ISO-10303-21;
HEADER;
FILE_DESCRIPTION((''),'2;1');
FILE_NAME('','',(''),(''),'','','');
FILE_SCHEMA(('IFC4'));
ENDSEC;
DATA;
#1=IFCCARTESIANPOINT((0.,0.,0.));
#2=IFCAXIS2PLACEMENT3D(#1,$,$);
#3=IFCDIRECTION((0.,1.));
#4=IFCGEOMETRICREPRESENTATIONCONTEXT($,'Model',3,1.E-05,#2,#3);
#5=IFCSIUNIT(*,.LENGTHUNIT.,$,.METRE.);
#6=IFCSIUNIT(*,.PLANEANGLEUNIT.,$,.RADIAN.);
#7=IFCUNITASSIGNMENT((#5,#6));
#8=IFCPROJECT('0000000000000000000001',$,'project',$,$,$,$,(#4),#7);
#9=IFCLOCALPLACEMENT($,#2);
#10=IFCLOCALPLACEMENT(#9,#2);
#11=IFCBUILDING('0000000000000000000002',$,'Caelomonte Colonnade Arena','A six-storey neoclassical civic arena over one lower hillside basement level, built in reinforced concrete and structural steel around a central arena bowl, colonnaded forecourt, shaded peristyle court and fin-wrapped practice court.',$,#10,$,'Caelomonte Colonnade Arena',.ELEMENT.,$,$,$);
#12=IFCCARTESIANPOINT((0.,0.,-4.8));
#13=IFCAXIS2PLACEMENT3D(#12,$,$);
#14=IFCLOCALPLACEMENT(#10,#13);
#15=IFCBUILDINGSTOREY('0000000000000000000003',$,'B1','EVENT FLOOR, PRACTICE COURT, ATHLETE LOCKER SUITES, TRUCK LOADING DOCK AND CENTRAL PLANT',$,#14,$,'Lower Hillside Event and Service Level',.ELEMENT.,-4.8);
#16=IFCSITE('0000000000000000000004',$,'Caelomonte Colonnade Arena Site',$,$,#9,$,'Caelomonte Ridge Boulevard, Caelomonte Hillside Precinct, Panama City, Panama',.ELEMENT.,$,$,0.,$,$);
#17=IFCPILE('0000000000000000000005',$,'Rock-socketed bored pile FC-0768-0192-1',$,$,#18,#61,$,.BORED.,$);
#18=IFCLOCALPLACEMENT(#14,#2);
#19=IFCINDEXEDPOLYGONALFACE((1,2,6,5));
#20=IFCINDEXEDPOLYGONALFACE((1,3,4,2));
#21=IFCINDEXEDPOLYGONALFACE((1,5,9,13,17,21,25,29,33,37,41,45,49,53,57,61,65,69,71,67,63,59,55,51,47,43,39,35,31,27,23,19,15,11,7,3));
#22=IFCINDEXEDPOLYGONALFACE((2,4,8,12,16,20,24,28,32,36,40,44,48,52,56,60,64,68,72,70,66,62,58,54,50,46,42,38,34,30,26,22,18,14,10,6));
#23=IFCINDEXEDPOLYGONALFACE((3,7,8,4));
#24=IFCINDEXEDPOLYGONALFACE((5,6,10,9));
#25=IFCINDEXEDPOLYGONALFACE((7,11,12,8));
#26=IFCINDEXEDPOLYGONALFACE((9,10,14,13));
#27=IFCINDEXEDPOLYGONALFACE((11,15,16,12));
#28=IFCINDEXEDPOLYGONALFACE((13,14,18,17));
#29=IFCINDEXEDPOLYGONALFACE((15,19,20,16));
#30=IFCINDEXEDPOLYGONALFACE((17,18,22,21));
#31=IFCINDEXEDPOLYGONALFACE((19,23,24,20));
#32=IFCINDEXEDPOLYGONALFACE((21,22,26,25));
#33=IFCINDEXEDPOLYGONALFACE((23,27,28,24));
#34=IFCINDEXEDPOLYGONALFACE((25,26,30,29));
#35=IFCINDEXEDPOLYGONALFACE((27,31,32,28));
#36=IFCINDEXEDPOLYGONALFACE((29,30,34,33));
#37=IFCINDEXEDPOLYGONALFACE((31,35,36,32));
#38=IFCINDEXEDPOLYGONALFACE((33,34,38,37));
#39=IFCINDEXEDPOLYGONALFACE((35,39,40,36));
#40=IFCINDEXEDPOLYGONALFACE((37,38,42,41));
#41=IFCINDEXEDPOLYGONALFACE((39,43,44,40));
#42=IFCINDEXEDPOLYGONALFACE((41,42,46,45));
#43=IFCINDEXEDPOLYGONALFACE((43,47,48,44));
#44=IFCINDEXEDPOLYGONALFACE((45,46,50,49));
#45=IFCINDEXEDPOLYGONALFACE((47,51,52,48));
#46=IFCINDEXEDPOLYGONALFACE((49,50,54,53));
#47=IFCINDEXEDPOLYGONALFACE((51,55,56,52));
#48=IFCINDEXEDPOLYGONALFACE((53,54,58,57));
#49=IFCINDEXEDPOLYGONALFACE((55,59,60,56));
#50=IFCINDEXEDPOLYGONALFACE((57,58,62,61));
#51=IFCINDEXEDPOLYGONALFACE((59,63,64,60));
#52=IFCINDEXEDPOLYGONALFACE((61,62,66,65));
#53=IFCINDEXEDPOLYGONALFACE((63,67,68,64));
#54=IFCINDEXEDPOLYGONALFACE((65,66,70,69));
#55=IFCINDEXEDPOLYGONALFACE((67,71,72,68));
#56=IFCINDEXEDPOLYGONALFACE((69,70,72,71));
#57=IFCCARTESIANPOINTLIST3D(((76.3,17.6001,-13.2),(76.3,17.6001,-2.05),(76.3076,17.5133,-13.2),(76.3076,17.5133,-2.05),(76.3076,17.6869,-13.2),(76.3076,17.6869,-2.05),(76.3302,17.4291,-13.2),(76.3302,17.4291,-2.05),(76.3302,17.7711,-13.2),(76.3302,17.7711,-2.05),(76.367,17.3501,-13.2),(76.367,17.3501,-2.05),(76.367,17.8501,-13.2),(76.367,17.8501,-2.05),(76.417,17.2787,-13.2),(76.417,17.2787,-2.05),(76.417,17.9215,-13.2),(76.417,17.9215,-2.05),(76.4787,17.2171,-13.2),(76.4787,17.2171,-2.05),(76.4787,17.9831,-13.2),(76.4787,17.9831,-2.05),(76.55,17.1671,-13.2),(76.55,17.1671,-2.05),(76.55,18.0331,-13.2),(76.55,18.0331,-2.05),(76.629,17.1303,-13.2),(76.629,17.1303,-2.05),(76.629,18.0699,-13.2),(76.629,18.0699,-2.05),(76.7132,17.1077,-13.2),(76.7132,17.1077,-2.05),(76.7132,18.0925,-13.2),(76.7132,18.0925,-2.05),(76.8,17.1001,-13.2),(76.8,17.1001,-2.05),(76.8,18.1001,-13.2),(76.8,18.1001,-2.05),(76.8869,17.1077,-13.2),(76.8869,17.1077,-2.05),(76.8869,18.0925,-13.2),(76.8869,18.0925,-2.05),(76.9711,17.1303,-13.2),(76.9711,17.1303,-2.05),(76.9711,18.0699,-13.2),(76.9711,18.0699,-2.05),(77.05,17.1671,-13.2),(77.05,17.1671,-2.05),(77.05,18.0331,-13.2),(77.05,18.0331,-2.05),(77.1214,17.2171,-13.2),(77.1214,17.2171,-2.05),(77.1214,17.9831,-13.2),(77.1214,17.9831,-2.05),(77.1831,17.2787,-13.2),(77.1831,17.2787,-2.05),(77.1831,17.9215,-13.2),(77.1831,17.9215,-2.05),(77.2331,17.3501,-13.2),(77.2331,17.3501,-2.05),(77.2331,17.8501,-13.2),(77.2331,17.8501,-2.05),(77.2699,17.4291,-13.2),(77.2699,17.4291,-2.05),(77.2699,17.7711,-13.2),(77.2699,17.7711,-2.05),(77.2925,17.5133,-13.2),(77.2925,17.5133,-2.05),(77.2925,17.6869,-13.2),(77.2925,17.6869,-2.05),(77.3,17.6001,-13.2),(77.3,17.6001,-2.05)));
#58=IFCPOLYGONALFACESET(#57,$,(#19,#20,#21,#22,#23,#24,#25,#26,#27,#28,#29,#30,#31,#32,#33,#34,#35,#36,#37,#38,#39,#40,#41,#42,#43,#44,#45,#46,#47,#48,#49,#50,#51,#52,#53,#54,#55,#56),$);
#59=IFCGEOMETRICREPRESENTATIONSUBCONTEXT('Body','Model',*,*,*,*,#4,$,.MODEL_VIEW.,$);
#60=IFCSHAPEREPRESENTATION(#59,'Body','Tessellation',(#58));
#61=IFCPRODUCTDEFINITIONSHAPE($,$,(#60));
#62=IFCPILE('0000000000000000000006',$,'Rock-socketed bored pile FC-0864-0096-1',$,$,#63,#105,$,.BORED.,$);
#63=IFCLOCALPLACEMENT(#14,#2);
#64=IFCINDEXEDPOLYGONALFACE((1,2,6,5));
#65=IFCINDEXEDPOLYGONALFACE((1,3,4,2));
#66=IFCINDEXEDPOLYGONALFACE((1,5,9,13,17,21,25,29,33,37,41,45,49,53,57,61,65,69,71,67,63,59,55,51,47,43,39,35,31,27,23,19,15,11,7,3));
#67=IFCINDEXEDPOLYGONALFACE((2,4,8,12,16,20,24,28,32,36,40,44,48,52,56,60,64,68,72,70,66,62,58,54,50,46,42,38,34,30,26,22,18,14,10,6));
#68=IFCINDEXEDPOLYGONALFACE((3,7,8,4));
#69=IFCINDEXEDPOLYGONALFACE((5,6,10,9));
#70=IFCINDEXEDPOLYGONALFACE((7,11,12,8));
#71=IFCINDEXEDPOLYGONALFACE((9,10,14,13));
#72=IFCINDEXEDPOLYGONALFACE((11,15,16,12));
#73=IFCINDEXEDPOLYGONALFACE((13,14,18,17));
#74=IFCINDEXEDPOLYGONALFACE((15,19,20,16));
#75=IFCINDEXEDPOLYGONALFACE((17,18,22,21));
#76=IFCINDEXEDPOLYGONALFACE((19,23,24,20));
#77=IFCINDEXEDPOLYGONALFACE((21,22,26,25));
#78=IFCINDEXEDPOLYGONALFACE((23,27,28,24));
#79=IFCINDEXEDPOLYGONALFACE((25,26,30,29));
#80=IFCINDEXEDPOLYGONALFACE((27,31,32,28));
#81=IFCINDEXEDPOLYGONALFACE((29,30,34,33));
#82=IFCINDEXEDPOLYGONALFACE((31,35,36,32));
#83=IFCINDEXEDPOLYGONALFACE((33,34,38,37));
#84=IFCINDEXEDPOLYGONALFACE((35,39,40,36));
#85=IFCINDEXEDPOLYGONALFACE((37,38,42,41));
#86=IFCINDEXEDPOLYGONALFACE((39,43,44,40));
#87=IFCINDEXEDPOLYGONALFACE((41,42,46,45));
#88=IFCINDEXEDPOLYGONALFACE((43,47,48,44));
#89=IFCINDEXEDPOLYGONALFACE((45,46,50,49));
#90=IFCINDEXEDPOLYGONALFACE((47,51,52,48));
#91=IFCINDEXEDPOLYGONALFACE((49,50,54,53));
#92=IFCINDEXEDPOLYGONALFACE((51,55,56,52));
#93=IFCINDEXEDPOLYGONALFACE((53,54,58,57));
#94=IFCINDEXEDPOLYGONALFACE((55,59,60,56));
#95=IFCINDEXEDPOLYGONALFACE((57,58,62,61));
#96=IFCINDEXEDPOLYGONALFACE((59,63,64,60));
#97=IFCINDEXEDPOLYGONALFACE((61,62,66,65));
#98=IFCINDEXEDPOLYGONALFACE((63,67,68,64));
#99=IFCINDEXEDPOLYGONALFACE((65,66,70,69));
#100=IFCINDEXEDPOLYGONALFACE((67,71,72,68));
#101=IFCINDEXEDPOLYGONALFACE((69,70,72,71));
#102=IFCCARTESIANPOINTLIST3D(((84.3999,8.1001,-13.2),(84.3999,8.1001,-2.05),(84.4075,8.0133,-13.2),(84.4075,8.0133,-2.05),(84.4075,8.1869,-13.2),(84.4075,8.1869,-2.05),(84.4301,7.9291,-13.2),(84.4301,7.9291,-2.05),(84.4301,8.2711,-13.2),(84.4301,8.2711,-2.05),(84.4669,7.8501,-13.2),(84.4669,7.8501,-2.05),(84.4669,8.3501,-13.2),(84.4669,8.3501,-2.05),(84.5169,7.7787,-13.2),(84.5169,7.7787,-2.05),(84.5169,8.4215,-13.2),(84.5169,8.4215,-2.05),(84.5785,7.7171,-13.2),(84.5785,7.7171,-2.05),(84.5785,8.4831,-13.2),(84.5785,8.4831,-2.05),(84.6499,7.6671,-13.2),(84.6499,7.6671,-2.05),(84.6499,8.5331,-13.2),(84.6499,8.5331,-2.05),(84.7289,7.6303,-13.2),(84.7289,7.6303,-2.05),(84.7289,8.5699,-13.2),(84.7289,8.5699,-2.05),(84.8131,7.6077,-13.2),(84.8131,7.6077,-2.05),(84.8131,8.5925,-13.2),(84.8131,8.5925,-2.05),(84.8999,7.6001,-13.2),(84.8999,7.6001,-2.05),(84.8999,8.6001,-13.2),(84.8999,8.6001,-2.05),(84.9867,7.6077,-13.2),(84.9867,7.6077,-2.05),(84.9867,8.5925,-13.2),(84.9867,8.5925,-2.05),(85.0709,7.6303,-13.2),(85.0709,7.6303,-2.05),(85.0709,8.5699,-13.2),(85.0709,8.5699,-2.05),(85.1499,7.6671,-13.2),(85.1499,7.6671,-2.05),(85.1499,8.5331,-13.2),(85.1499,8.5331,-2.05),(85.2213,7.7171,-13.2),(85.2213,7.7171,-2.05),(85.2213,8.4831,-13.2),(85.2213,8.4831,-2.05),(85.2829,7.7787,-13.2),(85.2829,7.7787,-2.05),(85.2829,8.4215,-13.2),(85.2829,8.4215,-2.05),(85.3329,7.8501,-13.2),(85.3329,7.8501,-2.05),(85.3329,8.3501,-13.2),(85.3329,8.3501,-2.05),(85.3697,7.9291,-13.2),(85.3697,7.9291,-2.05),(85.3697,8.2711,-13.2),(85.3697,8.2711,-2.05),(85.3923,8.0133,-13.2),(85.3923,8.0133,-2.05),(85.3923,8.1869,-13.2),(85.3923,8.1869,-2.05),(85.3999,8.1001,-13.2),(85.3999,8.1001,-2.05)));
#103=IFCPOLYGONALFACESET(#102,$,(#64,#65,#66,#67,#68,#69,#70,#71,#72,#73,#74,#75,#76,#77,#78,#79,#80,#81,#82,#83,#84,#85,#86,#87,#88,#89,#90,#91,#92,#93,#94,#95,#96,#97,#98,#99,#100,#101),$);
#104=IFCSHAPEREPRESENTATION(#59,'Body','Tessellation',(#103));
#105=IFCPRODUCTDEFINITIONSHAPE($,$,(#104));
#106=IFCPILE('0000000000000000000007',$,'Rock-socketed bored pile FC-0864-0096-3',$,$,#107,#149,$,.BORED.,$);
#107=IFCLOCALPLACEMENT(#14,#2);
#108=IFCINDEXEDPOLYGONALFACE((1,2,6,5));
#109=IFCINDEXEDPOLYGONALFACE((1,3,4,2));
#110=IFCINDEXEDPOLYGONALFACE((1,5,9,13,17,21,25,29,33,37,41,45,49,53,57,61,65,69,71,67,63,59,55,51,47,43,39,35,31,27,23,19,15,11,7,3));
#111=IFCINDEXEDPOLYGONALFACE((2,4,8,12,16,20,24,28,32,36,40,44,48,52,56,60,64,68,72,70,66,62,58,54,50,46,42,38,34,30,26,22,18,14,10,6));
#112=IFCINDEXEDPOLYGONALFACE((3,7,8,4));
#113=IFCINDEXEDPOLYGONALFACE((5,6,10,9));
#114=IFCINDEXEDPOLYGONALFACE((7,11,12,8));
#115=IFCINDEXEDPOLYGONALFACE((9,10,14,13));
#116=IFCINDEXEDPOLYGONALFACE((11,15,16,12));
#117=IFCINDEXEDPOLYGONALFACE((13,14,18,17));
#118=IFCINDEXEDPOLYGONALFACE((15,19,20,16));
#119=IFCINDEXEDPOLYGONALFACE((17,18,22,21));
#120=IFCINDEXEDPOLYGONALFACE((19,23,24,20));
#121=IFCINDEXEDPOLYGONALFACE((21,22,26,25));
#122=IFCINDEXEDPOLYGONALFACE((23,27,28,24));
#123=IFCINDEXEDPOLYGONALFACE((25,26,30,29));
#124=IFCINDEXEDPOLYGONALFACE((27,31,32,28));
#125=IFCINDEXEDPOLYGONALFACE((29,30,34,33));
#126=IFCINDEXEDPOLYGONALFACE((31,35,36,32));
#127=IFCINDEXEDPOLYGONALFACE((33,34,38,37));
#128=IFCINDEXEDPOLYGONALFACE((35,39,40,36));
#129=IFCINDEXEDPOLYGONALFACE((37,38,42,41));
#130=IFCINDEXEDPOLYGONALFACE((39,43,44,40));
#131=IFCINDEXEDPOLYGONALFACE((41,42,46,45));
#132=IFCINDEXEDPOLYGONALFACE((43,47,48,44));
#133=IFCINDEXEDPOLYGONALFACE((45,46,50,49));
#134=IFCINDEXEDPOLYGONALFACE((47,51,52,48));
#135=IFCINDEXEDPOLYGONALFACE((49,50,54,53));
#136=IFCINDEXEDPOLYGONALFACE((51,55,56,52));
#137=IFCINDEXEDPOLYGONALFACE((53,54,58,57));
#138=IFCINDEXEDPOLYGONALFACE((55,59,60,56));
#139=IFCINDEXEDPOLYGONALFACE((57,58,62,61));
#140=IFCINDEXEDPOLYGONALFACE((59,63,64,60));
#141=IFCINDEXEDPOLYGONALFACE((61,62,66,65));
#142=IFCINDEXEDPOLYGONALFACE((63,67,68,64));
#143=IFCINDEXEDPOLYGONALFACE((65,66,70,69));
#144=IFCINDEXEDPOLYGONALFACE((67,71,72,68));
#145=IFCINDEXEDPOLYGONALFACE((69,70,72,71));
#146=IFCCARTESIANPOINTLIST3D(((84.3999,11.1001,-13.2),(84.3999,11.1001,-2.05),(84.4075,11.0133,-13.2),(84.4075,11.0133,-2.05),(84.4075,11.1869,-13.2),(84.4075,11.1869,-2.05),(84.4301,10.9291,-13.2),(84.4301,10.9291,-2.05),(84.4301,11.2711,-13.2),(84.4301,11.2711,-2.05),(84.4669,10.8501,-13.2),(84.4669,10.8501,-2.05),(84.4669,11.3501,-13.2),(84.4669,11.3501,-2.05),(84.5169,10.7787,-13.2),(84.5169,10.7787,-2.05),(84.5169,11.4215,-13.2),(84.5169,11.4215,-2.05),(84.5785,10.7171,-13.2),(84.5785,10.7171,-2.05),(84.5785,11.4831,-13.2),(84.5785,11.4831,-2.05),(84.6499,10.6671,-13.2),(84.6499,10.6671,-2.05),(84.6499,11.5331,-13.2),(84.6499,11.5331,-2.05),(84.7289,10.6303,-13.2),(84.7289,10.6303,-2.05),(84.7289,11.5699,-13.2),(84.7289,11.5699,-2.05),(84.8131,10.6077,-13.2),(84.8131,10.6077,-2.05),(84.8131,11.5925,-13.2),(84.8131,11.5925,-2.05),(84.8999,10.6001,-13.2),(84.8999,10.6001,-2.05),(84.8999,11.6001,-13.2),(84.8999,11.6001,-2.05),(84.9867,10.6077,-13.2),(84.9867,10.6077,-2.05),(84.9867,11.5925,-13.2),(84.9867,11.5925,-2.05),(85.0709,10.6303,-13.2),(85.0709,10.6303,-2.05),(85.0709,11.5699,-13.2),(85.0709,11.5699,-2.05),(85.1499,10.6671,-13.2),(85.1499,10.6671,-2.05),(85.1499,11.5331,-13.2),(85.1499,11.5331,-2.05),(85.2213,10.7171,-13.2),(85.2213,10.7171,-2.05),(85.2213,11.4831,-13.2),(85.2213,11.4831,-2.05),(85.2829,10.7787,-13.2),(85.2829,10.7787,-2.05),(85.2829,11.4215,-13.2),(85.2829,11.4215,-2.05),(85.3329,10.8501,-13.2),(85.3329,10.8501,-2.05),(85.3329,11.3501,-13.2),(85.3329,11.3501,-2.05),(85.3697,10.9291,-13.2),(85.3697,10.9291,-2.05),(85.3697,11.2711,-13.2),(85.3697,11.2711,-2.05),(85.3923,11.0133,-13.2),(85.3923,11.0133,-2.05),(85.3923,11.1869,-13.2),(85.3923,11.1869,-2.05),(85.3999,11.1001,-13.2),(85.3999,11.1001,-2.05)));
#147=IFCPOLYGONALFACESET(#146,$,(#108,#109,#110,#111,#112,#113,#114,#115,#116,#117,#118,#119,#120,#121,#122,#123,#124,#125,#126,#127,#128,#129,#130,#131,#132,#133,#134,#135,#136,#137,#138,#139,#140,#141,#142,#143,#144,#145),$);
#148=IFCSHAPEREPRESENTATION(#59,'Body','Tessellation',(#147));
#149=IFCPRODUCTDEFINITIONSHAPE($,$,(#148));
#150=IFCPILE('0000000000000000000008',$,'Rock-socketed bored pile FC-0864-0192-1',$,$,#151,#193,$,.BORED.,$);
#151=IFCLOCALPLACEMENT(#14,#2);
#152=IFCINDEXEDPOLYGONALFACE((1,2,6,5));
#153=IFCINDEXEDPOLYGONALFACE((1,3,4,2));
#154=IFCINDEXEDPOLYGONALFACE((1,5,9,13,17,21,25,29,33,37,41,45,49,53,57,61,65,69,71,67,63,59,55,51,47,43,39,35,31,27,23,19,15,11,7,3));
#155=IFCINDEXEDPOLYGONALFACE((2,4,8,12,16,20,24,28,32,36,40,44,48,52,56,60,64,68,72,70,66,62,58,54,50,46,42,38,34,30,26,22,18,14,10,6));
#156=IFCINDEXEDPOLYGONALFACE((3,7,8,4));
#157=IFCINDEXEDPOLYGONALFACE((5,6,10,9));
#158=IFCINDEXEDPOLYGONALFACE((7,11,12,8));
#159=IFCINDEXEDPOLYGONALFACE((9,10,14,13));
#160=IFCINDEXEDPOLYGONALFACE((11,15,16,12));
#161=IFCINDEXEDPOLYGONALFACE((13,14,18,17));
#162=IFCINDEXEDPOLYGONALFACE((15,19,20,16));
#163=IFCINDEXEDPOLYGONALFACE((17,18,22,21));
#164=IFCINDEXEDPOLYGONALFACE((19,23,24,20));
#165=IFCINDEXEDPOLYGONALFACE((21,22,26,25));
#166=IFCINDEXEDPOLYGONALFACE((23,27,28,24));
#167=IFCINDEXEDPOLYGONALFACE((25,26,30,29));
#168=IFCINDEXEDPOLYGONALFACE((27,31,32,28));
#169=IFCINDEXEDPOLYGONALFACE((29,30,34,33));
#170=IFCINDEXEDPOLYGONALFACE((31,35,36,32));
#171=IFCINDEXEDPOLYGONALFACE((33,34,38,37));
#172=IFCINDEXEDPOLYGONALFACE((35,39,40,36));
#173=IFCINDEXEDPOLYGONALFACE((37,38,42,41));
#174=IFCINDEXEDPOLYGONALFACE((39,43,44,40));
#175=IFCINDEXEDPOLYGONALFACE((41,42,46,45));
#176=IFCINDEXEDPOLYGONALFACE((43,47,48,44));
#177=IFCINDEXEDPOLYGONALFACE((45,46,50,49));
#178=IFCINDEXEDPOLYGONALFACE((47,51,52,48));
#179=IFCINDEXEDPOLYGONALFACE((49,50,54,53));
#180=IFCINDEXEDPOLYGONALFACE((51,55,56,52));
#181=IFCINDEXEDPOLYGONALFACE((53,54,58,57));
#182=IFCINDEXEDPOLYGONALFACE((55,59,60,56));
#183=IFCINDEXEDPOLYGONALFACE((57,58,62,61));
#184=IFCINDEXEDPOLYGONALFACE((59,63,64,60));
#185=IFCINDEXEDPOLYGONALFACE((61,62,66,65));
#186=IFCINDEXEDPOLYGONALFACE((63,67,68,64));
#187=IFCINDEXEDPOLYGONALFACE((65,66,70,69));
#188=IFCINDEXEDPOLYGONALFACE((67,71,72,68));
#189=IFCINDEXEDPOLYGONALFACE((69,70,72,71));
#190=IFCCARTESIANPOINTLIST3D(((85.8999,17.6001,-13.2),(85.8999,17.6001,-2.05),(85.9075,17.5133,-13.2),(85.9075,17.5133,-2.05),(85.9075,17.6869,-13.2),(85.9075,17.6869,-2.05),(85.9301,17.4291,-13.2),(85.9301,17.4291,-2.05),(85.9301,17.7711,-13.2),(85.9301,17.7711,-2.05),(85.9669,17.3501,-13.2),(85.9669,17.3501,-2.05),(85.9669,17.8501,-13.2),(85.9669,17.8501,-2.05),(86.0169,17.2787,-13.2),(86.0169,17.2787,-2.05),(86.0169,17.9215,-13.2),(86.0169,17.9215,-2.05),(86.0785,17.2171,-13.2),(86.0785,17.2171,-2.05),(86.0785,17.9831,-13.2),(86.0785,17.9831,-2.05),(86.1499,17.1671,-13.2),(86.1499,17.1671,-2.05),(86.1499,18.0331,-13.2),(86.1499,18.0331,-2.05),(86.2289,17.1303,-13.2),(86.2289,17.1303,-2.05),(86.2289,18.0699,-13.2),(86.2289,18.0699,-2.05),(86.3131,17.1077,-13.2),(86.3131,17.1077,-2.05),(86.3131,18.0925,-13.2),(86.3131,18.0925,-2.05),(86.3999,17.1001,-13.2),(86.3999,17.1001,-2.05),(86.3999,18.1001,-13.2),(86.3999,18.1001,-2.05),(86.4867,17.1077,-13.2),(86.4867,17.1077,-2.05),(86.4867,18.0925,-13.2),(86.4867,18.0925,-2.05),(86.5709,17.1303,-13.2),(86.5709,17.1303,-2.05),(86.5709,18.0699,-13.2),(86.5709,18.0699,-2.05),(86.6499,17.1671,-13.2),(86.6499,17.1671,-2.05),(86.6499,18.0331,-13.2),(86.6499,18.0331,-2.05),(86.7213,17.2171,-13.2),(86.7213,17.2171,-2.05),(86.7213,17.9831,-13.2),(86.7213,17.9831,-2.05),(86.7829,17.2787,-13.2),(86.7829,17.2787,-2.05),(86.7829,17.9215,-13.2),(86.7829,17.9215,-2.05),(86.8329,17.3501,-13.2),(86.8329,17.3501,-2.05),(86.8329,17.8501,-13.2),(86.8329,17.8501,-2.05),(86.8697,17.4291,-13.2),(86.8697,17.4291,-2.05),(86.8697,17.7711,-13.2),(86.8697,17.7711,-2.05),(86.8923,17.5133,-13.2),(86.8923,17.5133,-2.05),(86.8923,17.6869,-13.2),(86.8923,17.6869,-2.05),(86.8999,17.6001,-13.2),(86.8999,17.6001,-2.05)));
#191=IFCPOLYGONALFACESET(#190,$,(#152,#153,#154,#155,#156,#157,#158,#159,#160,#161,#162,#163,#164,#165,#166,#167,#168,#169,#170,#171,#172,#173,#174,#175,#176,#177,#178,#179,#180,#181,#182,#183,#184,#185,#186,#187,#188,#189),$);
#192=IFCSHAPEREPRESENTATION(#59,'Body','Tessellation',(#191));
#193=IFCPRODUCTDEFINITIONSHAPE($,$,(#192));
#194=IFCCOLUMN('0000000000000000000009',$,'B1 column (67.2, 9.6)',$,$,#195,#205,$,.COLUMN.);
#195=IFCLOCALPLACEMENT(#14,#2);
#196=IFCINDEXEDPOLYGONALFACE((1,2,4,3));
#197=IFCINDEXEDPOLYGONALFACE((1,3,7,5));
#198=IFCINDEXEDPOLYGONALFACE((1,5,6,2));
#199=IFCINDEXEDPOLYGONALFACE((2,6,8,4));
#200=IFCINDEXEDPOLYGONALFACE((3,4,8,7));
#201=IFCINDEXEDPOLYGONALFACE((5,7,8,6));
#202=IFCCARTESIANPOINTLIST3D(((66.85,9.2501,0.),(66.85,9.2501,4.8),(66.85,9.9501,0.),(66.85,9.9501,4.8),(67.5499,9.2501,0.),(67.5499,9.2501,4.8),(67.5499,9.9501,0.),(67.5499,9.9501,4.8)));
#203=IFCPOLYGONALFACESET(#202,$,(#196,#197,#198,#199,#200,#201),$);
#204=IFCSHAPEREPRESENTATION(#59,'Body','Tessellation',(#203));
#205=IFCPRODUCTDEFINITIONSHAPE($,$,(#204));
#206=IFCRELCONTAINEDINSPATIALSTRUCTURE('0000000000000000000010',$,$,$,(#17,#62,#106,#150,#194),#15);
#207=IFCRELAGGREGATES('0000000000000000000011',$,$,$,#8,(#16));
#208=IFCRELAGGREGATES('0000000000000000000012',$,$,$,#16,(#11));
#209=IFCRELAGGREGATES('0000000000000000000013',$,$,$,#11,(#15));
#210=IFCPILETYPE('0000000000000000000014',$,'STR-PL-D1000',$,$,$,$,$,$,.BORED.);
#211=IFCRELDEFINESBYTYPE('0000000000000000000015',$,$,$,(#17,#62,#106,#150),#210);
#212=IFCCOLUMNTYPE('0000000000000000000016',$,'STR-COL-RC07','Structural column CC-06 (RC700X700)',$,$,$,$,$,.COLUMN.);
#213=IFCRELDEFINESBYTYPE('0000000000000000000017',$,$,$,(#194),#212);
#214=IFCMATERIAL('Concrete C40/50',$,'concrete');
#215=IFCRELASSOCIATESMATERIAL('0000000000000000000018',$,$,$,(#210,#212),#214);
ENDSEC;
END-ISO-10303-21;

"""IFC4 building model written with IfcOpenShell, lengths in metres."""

from ifc_helpers import new_model, si_unit, direction, frame, origin, origin_2d, place, context, subcontext, project, spatial, rectangle, circle, extrude, material, material_profile, profile_set, type_object, element, save


model = new_model("IFC4")

# Units and contexts
model_context = context("Model", 3, precision=1e-05, world=origin(), true_north=direction((0.0, 1.0)))
body_context = subcontext(model_context, "Body", "Model", "MODEL_VIEW")
ifc_project = project(units=[si_unit("LENGTHUNIT", "METRE"), si_unit("PLANEANGLEUNIT", "RADIAN")], contexts=[model_context])

# Site, building, storey
site_placement = place(None, origin())
site = spatial("IfcSite", under=ifc_project, at=site_placement, Name="Caelomonte Colonnade Arena Site", LongName="Caelomonte Ridge Boulevard, Caelomonte Hillside Precinct, Panama City, Panama", CompositionType="ELEMENT", RefElevation=0.0)
building_placement = place(site_placement, origin())
building = spatial("IfcBuilding", under=site, at=building_placement, Name="Caelomonte Colonnade Arena", Description="A six-storey neoclassical civic arena over one lower hillside basement level, built in reinforced concrete and structural steel around a central arena bowl, colonnaded forecourt, shaded peristyle court and fin-wrapped practice court.", LongName="Caelomonte Colonnade Arena", CompositionType="ELEMENT")
storey_placement = place(building_placement, frame((0.0, 0.0, -4.8)))
storey = spatial("IfcBuildingStorey", under=building, at=storey_placement, Name="B1", Description="EVENT FLOOR, PRACTICE COURT, ATHLETE LOCKER SUITES, TRUCK LOADING DOCK AND CENTRAL PLANT", LongName="Lower Hillside Event and Service Level", CompositionType="ELEMENT", Elevation=-4.8)

# Shared definitions
ifc_material_1 = material(Name="Concrete C40/50", Category="concrete")

# Piles
ifc_material_profile_1 = material_profile(ifc_material_1, circle(Radius=0.5, at=origin_2d()), Name="PILE-D1000")
ifc_profile_set_1 = profile_set([ifc_material_profile_1], Name="Concrete C40/50")
pile_type = type_object("IfcPileType", Name="STR-PL-D1000", PredefinedType="BORED", material=ifc_profile_set_1)
for number, where, z_axis, x_axis, name in (
    (1, (76.8, 17.6001, -2.05), (0.0, 0.0, -1.0), (1.0, 0.0, 0.0), "Rock-socketed bored pile FC-0768-0192-1"),
    (2, (84.8999, 8.1001, -2.05), (0.0, 0.0, -1.0), (1.0, 0.0, 0.0), "Rock-socketed bored pile FC-0864-0096-1"),
    (3, (84.8999, 11.1001, -2.05), (0.0, 0.0, -1.0), (1.0, 0.0, 0.0), "Rock-socketed bored pile FC-0864-0096-3"),
    (4, (86.3999, 17.6001, -2.05), (0.0, 0.0, -1.0), (1.0, 0.0, 0.0), "Rock-socketed bored pile FC-0864-0192-1"),
):
    element("IfcPile", number, at=place(storey_placement, frame(where, z_axis=z_axis, x_axis=x_axis)), inside=storey, type_object=pile_type, Name=name, PredefinedType="BORED", context=body_context, shape_type="SweptSolid", body=[
        extrude(circle(Radius=0.5, at=origin_2d()), origin(), (0.0, 0.0, 1.0), 11.1499),
    ])

# Column
ifc_material_profile_2 = material_profile(ifc_material_1, rectangle(XDim=0.7, YDim=0.7, at=origin_2d()), Name="RC700X700")
ifc_profile_set_2 = profile_set([ifc_material_profile_2], Name="Concrete C40/50")
column_type_1 = type_object("IfcColumnType", Name="STR-COL-RC07", Description="Structural column CC-06 (RC700X700)", PredefinedType="COLUMN", material=ifc_profile_set_2)
for number, where, z_axis, x_axis, name in (
    (5, (67.2, 9.6001, 0.0), (0.0, 0.0, 1.0), (1.0, 0.0, 0.0), "B1 column (67.2, 9.6)"),
):
    element("IfcColumn", number, at=place(storey_placement, frame(where, z_axis=z_axis, x_axis=x_axis)), inside=storey, type_object=column_type_1, Name=name, PredefinedType="COLUMN", context=body_context, shape_type="SweptSolid", body=[
        extrude(rectangle(XDim=0.7, YDim=0.7, at=origin_2d()), origin(), (0.0, 0.0, 1.0), 4.8),
    ])

save(model, "model.ifc")
